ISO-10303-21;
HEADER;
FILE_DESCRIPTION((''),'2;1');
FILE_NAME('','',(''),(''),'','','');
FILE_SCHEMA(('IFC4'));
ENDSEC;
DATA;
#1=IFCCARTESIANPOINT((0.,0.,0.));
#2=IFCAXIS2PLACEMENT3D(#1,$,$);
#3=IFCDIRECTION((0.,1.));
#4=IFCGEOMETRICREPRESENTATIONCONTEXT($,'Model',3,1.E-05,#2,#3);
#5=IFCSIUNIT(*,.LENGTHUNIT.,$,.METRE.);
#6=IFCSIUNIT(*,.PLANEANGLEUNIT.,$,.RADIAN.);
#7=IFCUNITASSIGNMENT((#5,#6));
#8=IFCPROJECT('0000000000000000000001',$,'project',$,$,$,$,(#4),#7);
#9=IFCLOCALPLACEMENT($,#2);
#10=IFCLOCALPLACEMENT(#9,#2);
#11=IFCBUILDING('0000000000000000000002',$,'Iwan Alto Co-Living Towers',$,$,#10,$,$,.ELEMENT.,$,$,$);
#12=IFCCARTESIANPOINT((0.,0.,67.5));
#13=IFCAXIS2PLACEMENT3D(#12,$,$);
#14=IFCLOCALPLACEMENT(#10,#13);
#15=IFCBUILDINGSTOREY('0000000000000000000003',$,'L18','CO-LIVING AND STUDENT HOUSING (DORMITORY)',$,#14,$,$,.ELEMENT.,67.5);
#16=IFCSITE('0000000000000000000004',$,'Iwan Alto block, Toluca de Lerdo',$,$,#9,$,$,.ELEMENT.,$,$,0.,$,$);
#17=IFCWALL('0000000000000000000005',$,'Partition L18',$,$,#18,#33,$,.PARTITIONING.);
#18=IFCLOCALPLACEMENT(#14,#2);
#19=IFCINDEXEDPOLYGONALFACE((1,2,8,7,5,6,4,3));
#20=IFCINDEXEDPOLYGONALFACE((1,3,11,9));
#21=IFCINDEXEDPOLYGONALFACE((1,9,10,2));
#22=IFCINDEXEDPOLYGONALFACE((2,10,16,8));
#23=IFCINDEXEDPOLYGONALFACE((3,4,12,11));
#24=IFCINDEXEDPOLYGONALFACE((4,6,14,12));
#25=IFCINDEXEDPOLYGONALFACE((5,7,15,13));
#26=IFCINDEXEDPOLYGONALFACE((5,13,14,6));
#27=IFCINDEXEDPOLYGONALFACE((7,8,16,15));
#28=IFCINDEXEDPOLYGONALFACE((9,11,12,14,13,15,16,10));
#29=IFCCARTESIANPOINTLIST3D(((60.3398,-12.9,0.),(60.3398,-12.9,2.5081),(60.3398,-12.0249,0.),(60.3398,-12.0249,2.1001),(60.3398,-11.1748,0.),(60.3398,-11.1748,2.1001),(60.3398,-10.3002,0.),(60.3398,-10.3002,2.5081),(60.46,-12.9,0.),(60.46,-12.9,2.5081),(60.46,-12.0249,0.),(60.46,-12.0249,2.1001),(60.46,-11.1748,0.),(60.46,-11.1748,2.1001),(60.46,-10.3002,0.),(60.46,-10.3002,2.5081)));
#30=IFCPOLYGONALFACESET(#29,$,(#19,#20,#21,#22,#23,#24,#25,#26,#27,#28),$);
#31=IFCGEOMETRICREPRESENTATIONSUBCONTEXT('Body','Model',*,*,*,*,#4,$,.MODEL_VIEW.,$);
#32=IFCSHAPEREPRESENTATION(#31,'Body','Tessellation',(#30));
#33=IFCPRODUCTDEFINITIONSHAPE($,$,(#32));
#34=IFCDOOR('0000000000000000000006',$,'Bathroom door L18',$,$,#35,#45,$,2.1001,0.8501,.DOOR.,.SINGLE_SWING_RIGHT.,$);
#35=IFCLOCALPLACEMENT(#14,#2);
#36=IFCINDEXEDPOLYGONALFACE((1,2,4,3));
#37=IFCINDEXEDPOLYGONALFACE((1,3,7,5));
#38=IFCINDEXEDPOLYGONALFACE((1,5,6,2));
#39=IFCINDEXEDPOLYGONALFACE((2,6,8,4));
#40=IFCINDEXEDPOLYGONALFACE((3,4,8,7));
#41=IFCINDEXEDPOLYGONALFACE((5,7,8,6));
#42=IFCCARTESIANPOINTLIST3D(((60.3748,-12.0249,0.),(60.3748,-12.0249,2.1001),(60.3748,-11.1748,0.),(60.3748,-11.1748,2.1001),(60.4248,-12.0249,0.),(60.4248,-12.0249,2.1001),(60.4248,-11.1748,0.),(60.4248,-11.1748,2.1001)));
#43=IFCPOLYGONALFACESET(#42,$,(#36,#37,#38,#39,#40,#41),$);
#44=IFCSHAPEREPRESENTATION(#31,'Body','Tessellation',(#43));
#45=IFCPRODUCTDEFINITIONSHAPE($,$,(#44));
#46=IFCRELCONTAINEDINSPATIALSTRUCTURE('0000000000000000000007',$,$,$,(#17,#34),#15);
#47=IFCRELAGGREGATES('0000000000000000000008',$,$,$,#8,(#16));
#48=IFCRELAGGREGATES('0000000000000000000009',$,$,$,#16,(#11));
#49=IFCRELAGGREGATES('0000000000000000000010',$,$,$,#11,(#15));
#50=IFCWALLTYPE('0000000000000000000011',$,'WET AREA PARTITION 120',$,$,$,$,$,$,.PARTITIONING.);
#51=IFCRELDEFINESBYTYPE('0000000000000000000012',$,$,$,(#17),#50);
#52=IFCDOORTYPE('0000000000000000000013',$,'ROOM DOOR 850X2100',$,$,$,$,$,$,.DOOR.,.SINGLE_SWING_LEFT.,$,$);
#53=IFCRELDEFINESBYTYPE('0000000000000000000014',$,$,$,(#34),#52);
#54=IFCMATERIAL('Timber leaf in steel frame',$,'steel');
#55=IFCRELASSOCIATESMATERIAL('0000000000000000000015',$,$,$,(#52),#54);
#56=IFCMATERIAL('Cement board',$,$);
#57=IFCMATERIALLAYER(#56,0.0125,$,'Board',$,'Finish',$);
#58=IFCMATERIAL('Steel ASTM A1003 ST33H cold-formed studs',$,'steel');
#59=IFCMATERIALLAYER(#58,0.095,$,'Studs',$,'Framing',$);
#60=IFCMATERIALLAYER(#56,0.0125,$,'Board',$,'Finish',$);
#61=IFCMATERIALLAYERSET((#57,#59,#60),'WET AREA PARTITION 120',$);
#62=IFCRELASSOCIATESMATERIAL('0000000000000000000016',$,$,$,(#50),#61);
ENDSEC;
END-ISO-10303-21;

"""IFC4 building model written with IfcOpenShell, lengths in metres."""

from ifc_helpers import new_model, si_unit, direction, frame, frame_2d, origin, place, context, subcontext, project, spatial, rectangle, extrude, material, layer, layer_set, type_object, element, fill, save


model = new_model("IFC4")

# Units and contexts
model_context = context("Model", 3, precision=1e-05, world=origin(), true_north=direction((0.0, 1.0)))
body_context = subcontext(model_context, "Body", "Model", "MODEL_VIEW")
ifc_project = project(units=[si_unit("LENGTHUNIT", "METRE"), si_unit("PLANEANGLEUNIT", "RADIAN")], contexts=[model_context])

# Site, building, storey
site_placement = place(None, origin())
site = spatial("IfcSite", under=ifc_project, at=site_placement, Name="Iwan Alto block, Toluca de Lerdo", CompositionType="ELEMENT", RefElevation=0.0)
building_placement = place(site_placement, origin())
building = spatial("IfcBuilding", under=site, at=building_placement, Name="Iwan Alto Co-Living Towers", CompositionType="ELEMENT")
storey_placement = place(building_placement, frame((0.0, 0.0, 67.5)))
storey = spatial("IfcBuildingStorey", under=building, at=storey_placement, Name="L18", Description="CO-LIVING AND STUDENT HOUSING (DORMITORY)", CompositionType="ELEMENT", Elevation=67.5)

# Shared definitions
ifc_material_1 = material(Name="Steel ASTM A1003 ST33H cold-formed studs", Category="steel")

# Shared definitions
ifc_material_2 = material(Name="Timber leaf in steel frame", Category="steel")
door_type_1 = type_object("IfcDoorType", Name="ROOM DOOR 850X2100", OperationType="SINGLE_SWING_LEFT", PredefinedType="DOOR", material=ifc_material_2)

# Shared definitions
ifc_material_3 = material(Name="Cement board")
ifc_layer_1 = layer(ifc_material_3, 0.0125, Name="Board", Category="Finish")
ifc_layer_2 = layer(ifc_material_1, 0.095, Name="Studs", Category="Framing")
ifc_layer_3 = layer(ifc_material_3, 0.0125, Name="Board", Category="Finish")
ifc_layer_set_1 = layer_set([ifc_layer_1, ifc_layer_2, ifc_layer_3], Name="WET AREA PARTITION 120")
wall_type_1 = type_object("IfcWallType", Name="WET AREA PARTITION 120", PredefinedType="PARTITIONING", material=ifc_layer_set_1)

# Wall, opening, door
wall_1_placement = place(storey_placement, frame((60.3999, -12.8999, 0.0), z_axis=(0.0, 0.0, 1.0), x_axis=(0.0, 1.0, 0.0)))
wall_1 = element("IfcWall", 1, at=wall_1_placement, inside=storey, type_object=wall_type_1, Name="Partition L18", PredefinedType="PARTITIONING", context=body_context, shape_type="SweptSolid", body=[
    extrude(rectangle(XDim=2.5999, YDim=0.1201, at=frame_2d((1.2998, 0.0))), origin(), (0.0, 0.0, 1.0), 2.5081),
])
opening_1_placement = place(wall_1_placement, frame((0.875, 0.0, 0.0)))
opening_1 = element("IfcOpeningElement", 2, at=opening_1_placement, cuts=wall_1, PredefinedType="OPENING", context=body_context, shape_type="SweptSolid", body=[
    extrude(rectangle(XDim=0.8501, YDim=2.1001, at=frame_2d((0.425, 1.05))), frame((0.0, 0.0701, 0.0), z_axis=(0.0, -1.0, 0.0), x_axis=(1.0, 0.0, 0.0)), (0.0, 0.0, 1.0), 0.1401),
])
door_1_placement = place(opening_1_placement, frame((0.8501, 0.0, 0.0), z_axis=(0.0, 0.0, 1.0), x_axis=(-1.0, 0.0, 0.0)))
door_1 = element("IfcDoor", 3, at=door_1_placement, inside=storey, type_object=door_type_1, Name="Bathroom door L18", OperationType="SINGLE_SWING_RIGHT", OverallHeight=2.1001, OverallWidth=0.8501, PredefinedType="DOOR", context=body_context, shape_type="SweptSolid", body=[
    extrude(rectangle(XDim=0.8501, YDim=2.1001, at=frame_2d((0.425, 1.05))), frame((0.0, 0.0249, 0.0), z_axis=(0.0, -1.0, 0.0), x_axis=(1.0, 0.0, 0.0)), (0.0, 0.0, 1.0), 0.05),
])
fill(opening_1, door_1)

save(model, "model.ifc")
